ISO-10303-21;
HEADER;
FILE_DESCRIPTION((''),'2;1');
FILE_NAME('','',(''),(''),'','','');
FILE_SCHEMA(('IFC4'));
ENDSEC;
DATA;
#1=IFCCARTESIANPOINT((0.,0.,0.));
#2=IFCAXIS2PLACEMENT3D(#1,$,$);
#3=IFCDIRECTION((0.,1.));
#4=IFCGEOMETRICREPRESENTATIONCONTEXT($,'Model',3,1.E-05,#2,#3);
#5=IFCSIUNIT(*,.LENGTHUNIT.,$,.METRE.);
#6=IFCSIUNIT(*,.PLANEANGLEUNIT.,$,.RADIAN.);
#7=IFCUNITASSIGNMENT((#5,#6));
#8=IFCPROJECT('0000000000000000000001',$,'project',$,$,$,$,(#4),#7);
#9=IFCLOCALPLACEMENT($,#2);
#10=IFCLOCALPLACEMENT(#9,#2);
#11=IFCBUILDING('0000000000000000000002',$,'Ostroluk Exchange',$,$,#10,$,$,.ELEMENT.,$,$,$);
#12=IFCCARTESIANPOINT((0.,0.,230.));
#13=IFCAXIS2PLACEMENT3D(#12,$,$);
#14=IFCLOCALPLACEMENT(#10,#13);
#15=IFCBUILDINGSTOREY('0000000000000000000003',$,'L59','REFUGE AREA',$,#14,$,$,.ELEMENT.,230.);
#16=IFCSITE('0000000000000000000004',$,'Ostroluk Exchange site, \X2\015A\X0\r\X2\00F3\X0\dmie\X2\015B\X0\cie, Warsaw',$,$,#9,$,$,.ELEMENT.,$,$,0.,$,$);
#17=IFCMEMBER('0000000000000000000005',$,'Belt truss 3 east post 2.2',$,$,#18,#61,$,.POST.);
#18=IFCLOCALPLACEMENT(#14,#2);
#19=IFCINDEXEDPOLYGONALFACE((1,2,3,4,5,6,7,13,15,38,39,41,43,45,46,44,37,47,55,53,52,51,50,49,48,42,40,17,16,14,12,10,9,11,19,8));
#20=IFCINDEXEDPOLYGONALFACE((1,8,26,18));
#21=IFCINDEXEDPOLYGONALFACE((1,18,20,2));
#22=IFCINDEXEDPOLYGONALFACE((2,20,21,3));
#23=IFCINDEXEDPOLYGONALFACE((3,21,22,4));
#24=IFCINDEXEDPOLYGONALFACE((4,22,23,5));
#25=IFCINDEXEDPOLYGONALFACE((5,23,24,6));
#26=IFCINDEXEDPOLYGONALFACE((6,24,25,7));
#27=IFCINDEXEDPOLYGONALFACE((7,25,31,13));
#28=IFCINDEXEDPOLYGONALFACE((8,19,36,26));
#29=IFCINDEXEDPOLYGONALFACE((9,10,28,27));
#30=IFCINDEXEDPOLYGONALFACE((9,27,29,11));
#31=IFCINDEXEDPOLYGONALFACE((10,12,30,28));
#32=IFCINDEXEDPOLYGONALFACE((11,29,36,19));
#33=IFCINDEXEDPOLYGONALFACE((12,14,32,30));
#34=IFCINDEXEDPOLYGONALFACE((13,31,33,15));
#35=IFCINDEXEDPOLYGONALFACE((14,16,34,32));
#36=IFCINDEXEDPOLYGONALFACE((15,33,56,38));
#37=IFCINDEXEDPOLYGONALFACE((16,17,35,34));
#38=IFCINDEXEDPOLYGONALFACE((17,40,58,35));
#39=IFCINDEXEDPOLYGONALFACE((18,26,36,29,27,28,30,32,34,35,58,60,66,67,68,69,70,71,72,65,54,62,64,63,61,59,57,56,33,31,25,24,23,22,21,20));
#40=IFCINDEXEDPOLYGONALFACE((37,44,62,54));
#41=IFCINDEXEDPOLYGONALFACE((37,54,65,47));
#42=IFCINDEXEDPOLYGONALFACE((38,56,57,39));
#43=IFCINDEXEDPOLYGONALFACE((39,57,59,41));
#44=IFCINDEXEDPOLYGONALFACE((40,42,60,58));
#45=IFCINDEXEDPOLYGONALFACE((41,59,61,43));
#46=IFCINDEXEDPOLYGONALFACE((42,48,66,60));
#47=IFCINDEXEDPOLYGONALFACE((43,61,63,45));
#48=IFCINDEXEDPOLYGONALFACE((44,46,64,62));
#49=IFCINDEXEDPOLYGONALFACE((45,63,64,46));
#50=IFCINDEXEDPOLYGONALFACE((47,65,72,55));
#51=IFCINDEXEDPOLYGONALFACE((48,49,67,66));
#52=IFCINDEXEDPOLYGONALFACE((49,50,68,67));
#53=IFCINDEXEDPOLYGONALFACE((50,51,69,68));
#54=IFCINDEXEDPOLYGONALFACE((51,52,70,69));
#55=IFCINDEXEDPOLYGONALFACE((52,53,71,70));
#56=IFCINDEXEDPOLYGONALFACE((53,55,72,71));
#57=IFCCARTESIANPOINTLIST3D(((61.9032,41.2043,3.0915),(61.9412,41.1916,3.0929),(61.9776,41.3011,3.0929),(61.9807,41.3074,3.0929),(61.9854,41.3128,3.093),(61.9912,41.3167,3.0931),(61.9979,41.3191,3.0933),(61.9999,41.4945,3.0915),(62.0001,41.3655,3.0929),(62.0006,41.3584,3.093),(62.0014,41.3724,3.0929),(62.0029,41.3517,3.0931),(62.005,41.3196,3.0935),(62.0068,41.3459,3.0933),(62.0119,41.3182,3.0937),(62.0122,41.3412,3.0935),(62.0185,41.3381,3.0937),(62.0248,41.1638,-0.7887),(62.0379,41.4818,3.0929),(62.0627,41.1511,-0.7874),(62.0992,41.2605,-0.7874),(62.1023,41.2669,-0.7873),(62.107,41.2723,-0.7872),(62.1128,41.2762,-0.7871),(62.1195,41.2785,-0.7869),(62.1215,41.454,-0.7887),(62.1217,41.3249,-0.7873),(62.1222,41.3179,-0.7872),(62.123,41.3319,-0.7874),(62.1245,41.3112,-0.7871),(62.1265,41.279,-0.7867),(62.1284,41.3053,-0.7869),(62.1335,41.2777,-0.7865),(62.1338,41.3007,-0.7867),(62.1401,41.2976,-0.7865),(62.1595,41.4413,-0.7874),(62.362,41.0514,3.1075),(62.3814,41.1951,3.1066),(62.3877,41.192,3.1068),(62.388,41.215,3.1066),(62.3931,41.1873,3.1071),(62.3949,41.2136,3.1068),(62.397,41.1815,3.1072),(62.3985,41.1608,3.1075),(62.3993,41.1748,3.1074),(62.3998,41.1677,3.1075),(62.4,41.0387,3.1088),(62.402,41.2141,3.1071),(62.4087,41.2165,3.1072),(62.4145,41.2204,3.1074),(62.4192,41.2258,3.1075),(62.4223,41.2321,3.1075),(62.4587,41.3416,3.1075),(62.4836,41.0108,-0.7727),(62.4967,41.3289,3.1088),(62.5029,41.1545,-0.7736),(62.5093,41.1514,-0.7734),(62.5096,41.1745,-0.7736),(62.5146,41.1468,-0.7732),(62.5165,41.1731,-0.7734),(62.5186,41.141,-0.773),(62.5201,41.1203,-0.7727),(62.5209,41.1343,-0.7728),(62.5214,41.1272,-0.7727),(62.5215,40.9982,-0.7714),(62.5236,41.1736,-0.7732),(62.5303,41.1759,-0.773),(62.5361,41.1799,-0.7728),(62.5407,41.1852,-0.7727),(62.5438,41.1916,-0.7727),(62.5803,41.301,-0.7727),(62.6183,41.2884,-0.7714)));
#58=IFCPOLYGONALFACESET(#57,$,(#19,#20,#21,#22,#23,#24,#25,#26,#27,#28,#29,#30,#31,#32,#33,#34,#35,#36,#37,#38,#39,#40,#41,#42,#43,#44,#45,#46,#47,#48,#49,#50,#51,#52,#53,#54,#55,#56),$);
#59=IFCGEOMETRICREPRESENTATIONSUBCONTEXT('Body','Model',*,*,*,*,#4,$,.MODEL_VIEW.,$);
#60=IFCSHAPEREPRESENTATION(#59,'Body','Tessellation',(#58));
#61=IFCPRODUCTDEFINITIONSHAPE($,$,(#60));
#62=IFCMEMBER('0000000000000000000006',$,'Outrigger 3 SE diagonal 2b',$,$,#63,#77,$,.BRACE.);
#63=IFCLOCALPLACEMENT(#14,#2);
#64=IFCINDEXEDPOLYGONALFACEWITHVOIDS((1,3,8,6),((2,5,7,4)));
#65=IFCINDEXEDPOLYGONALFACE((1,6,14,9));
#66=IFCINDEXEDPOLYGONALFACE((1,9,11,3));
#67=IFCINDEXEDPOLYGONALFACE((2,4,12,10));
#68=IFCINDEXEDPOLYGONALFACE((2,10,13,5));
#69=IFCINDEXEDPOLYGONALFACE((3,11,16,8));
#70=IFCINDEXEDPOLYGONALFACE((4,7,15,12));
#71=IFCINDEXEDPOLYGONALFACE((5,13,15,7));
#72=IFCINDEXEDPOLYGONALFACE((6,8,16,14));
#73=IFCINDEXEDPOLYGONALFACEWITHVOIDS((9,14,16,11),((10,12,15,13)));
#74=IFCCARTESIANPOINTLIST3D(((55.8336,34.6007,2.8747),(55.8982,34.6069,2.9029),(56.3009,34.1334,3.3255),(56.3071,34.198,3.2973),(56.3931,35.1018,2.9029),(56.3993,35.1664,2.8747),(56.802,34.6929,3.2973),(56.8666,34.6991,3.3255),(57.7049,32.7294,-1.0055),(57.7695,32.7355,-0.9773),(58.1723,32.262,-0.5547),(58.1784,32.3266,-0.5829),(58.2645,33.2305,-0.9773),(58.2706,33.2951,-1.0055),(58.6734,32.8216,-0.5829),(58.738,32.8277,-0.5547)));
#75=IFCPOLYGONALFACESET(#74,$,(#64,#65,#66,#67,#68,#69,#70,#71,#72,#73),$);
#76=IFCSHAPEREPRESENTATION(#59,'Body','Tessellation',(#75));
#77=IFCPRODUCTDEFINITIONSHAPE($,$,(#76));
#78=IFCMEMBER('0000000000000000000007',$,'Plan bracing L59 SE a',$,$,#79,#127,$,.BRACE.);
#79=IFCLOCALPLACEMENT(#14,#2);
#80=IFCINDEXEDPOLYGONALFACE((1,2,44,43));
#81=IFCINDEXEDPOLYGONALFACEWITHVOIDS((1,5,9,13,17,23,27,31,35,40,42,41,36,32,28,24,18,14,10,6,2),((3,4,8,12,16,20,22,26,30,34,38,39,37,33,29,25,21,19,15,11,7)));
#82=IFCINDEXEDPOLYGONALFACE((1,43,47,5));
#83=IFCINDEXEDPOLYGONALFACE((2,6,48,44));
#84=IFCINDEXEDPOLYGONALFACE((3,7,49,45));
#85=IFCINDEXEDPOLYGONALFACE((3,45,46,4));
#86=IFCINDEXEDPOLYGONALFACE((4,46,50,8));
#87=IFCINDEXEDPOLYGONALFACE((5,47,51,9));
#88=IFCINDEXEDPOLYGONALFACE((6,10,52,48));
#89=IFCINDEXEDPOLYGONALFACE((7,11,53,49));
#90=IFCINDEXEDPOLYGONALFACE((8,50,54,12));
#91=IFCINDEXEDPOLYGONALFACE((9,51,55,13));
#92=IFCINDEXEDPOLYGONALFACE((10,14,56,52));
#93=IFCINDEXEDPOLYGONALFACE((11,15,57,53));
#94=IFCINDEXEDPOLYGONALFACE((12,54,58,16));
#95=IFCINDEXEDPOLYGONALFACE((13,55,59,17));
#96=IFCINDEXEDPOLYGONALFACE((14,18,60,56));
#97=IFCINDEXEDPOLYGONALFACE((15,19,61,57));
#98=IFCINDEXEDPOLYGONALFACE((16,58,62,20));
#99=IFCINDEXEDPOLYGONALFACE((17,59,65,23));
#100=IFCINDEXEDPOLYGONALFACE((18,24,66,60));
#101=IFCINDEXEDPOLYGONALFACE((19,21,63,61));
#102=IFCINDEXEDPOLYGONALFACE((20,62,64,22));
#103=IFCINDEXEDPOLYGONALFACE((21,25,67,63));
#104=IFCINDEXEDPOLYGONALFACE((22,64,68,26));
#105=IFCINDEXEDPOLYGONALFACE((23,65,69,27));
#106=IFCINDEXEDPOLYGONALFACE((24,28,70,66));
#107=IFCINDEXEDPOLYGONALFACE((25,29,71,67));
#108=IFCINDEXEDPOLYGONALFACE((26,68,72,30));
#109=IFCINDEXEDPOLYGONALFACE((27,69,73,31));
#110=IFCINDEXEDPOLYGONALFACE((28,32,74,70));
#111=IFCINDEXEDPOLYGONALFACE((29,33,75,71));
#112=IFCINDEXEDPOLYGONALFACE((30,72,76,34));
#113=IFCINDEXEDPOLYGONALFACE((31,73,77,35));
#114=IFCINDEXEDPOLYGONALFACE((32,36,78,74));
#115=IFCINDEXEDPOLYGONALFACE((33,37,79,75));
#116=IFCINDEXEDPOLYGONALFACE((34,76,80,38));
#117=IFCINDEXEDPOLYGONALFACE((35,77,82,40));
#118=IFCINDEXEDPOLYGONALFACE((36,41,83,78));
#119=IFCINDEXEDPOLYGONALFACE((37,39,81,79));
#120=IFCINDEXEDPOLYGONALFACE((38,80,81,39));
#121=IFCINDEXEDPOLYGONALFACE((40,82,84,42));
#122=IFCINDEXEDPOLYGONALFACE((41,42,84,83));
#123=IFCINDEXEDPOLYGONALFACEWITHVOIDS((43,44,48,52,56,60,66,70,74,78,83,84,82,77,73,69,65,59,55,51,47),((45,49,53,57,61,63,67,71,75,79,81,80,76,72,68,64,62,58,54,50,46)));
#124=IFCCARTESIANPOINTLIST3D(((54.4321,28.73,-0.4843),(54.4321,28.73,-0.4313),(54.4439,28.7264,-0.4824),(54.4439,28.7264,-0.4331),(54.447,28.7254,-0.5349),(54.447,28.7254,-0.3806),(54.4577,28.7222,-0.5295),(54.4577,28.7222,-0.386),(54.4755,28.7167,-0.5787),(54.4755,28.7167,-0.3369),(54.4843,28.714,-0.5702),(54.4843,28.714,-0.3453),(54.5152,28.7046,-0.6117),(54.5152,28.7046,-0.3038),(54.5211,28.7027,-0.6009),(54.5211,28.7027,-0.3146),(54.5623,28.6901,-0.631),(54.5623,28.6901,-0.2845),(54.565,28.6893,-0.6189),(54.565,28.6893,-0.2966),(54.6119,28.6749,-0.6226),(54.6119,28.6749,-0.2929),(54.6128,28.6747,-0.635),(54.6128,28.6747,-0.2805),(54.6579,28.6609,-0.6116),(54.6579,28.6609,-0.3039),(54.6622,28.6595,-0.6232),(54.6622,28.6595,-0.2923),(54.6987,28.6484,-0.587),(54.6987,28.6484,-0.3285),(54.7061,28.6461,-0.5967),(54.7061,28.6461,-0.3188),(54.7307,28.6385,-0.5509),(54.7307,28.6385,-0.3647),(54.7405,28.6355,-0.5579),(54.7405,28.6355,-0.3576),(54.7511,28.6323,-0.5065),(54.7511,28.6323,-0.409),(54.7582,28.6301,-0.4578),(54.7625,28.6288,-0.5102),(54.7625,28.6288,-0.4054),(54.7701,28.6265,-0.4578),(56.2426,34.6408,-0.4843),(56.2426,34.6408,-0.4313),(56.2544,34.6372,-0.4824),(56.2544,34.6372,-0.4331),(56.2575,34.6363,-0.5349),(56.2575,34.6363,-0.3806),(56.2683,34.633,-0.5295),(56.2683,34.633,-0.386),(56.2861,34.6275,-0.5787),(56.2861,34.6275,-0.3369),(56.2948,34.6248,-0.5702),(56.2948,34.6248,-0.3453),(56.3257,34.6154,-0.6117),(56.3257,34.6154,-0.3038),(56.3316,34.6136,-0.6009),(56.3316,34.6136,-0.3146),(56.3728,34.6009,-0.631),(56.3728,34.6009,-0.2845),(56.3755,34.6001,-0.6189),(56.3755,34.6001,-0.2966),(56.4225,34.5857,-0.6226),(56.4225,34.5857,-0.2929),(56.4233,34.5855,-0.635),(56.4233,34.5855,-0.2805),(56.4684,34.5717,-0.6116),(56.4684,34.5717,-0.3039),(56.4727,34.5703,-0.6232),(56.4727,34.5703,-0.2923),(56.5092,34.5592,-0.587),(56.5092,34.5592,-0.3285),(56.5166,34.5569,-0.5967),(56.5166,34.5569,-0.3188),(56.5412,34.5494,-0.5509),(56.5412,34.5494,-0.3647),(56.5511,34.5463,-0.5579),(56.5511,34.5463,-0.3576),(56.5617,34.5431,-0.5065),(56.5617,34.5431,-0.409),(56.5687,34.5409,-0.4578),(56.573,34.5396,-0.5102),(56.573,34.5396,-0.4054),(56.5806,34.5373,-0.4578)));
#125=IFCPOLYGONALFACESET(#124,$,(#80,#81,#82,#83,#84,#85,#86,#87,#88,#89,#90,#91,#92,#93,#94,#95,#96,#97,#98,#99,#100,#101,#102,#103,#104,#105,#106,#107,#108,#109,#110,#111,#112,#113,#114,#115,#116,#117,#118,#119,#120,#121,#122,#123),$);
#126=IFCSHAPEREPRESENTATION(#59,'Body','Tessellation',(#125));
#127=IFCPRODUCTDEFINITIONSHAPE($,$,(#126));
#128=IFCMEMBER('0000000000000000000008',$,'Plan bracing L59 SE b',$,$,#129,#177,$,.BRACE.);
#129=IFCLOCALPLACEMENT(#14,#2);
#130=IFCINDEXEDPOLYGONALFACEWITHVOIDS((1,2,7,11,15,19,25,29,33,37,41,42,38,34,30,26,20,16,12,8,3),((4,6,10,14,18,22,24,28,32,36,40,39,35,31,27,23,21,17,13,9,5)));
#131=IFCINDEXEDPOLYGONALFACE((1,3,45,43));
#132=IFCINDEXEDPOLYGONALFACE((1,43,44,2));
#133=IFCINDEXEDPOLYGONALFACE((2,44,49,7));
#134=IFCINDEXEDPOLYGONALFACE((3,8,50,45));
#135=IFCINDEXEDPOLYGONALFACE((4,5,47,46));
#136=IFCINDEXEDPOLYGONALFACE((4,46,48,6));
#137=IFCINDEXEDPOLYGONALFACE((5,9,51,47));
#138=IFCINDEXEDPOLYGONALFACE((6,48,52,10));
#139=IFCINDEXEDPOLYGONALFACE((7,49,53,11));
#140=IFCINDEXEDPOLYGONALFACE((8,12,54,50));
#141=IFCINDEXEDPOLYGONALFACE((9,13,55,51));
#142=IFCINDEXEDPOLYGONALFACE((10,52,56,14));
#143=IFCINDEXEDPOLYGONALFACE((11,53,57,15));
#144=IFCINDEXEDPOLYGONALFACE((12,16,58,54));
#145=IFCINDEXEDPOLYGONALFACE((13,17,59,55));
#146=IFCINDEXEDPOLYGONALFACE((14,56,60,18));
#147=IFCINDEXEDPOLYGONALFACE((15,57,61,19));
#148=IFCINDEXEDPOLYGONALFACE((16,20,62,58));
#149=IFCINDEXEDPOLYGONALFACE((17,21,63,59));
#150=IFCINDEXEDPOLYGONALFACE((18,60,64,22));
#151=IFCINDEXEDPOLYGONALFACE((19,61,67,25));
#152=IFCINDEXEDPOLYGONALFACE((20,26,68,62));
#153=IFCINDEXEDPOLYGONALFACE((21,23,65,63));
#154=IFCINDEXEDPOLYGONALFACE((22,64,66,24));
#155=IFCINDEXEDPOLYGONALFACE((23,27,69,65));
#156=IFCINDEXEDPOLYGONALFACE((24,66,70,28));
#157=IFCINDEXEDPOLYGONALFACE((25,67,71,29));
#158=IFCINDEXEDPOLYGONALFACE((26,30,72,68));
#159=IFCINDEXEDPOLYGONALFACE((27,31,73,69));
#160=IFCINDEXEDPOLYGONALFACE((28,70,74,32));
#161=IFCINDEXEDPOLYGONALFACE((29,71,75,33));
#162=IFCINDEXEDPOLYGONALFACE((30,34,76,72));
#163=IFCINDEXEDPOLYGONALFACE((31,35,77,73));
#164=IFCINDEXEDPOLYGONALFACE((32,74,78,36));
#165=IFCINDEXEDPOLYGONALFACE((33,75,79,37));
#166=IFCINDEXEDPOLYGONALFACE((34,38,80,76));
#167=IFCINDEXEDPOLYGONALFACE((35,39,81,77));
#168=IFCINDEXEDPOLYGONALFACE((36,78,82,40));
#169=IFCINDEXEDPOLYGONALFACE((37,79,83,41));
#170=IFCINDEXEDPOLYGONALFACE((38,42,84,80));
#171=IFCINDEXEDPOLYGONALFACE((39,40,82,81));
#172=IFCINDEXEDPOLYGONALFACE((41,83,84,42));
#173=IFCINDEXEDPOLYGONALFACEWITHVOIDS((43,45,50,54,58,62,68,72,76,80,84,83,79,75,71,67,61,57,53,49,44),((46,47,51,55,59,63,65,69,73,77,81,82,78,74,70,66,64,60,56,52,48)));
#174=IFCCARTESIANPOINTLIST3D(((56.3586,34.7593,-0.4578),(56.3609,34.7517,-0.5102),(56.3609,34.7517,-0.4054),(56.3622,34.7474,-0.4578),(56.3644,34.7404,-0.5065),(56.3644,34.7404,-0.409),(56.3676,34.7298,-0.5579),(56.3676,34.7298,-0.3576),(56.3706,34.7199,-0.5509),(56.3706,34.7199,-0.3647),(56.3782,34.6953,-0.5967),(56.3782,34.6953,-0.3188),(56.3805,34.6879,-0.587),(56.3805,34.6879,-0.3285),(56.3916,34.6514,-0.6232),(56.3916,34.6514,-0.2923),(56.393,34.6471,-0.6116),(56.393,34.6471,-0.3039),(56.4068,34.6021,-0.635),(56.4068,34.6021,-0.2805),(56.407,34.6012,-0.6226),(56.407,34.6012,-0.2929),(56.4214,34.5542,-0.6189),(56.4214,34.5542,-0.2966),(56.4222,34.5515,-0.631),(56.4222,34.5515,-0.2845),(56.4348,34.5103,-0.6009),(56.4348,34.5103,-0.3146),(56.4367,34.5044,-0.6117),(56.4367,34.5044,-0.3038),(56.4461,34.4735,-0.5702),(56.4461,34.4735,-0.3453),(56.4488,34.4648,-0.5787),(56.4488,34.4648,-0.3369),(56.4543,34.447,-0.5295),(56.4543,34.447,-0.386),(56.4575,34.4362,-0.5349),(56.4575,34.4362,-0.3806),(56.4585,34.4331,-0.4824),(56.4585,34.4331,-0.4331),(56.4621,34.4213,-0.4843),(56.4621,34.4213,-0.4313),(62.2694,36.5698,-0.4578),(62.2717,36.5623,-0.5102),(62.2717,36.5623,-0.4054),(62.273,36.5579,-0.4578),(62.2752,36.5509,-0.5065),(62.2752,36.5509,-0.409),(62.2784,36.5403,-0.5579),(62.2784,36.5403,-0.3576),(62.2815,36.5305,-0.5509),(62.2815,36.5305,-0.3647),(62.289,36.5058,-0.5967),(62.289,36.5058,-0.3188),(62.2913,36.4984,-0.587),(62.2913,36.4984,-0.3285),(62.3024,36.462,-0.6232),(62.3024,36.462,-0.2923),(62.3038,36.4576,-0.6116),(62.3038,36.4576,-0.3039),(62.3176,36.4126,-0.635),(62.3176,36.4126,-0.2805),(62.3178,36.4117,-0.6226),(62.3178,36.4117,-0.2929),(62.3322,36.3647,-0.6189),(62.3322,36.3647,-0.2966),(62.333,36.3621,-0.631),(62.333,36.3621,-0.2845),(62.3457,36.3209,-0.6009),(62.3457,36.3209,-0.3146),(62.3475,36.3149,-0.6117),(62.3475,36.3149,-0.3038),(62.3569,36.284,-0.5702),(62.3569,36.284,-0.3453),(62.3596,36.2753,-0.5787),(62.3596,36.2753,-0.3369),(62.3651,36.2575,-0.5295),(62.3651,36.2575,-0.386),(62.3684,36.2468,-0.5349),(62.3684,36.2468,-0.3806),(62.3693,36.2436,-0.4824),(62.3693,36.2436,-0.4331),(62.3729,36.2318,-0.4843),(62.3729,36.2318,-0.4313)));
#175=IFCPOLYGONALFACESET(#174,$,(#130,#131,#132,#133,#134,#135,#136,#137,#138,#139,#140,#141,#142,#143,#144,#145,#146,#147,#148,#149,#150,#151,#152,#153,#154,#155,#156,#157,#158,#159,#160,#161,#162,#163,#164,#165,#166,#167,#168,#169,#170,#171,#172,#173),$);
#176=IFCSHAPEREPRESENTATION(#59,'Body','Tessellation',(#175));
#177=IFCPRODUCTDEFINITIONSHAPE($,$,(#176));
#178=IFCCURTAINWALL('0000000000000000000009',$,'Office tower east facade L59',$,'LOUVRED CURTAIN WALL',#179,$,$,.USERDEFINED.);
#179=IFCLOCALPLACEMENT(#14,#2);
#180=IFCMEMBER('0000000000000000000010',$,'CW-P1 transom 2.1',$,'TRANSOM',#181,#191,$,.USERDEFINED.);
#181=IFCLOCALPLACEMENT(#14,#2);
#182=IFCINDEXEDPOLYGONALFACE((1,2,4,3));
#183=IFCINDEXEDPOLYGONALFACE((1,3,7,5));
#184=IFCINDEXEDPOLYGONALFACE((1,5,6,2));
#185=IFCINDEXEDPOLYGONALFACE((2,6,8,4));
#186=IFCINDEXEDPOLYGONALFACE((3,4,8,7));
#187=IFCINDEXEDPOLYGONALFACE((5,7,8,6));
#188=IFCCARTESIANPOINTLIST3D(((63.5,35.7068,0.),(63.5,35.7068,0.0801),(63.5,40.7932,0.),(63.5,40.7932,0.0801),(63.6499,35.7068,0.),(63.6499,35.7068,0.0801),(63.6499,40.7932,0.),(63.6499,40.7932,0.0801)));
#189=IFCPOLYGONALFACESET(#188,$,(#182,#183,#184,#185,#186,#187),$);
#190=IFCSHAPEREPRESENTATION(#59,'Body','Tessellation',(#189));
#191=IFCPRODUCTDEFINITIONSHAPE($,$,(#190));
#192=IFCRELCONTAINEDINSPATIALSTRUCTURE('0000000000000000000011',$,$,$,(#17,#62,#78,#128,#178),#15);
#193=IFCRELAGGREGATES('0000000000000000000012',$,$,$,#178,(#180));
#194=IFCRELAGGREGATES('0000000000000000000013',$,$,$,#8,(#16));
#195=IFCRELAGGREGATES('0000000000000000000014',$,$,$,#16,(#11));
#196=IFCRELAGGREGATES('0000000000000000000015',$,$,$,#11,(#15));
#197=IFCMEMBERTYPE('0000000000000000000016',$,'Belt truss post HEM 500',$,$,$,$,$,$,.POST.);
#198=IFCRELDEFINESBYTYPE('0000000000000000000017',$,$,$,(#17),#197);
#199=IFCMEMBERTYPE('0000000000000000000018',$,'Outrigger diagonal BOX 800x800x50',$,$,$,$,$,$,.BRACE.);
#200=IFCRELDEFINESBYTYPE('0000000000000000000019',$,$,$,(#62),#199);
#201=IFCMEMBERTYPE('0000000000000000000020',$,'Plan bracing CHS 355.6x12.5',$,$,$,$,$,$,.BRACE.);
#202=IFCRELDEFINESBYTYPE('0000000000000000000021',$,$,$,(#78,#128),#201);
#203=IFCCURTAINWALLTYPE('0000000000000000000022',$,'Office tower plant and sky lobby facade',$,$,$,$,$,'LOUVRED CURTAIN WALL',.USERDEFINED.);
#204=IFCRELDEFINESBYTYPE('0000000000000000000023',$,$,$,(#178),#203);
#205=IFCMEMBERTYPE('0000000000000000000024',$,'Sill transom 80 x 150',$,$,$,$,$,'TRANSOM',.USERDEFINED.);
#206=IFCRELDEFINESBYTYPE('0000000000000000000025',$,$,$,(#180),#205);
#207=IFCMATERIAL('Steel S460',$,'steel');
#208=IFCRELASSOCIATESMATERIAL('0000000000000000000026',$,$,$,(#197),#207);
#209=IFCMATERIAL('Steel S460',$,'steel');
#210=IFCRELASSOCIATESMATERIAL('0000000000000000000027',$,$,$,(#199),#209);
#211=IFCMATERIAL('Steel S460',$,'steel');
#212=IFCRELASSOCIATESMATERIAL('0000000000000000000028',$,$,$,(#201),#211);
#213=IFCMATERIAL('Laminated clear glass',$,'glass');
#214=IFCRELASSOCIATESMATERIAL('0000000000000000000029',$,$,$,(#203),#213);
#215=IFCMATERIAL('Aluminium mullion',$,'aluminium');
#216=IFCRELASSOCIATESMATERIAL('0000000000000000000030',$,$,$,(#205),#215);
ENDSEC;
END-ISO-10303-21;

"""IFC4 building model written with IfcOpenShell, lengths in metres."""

from ifc_helpers import new_model, si_unit, direction, frame, origin, origin_2d, place, context, subcontext, project, spatial, rectangle, hollow_rectangle, hollow_circle, i_section, extrude, material, material_profile, profile_set, type_object, element, aggregate, save


model = new_model("IFC4")

# Units and contexts
model_context = context("Model", 3, precision=1e-05, world=origin(), true_north=direction((0.0, 1.0)))
body_context = subcontext(model_context, "Body", "Model", "MODEL_VIEW")
ifc_project = project(units=[si_unit("LENGTHUNIT", "METRE"), si_unit("PLANEANGLEUNIT", "RADIAN")], contexts=[model_context])

# Site, building, storey
site_placement = place(None, origin())
site = spatial("IfcSite", under=ifc_project, at=site_placement, Name="Ostroluk Exchange site, Śródmieście, Warsaw", CompositionType="ELEMENT", RefElevation=0.0)
building_placement = place(site_placement, origin())
building = spatial("IfcBuilding", under=site, at=building_placement, Name="Ostroluk Exchange", CompositionType="ELEMENT")
storey_placement = place(building_placement, frame((0.0, 0.0, 230.0)))
storey = spatial("IfcBuildingStorey", under=building, at=storey_placement, Name="L59", Description="REFUGE AREA", CompositionType="ELEMENT", Elevation=230.0)

# Members
ifc_material_1 = material(Name="Steel S460", Category="steel")
ifc_material_profile_1 = material_profile(ifc_material_1, i_section(OverallWidth=0.3059, OverallDepth=0.5239, WebThickness=0.021, FlangeThickness=0.04, FilletRadius=0.0271, at=origin_2d()), Name="HEM 500")
ifc_profile_set_1 = profile_set([ifc_material_profile_1], Name="Steel S460")
member_type_1 = type_object("IfcMemberType", Name="Belt truss post HEM 500", PredefinedType="POST", material=ifc_profile_set_1)
member_1_placement = place(storey_placement, frame((62.3215, 41.2261, -0.78), z_axis=(-0.031317, 0.010439, 0.999455), x_axis=(-0.316228, -0.948683, 0.0)))
element("IfcMember", 1, at=member_1_placement, inside=storey, type_object=member_type_1, Name="Belt truss 3 east post 2.2", PredefinedType="POST", context=body_context, shape_type="SweptSolid", body=[
    extrude(i_section(OverallWidth=0.3059, OverallDepth=0.5239, WebThickness=0.021, FlangeThickness=0.04, FilletRadius=0.0271, at=origin_2d()), origin(), (0.0, 0.0, 1.0), 3.8823),
])
ifc_material_2 = material(Name="Steel S460", Category="steel")
ifc_material_profile_2 = material_profile(ifc_material_2, hollow_rectangle(XDim=0.8, YDim=0.8, WallThickness=0.05, at=origin_2d()), Name="BOX 800x800x50")
ifc_profile_set_2 = profile_set([ifc_material_profile_2], Name="Steel S460")
member_type_2 = type_object("IfcMemberType", Name="Outrigger diagonal BOX 800x800x50", PredefinedType="BRACE", material=ifc_profile_set_2)
member_2_placement = place(storey_placement, frame((56.3501, 34.6499, 3.1001), z_axis=(0.398435, -0.398435, -0.826135), x_axis=(0.707107, 0.707107, 0.0)))
element("IfcMember", 2, at=member_2_placement, inside=storey, type_object=member_type_2, Name="Outrigger 3 SE diagonal 2b", PredefinedType="BRACE", context=body_context, shape_type="SweptSolid", body=[
    extrude(hollow_rectangle(XDim=0.8, YDim=0.8, WallThickness=0.05, at=origin_2d()), origin(), (0.0, 0.0, 1.0), 4.6968),
])
ifc_material_3 = material(Name="Steel S460", Category="steel")
ifc_material_profile_3 = material_profile(ifc_material_3, hollow_circle(Radius=0.1777, WallThickness=0.0125, at=origin_2d()), Name="CHS 355.6x12.5")
ifc_profile_set_3 = profile_set([ifc_material_profile_3], Name="Steel S460")
member_type_3 = type_object("IfcMemberType", Name="Plan bracing CHS 355.6x12.5", PredefinedType="BRACE", material=ifc_profile_set_3)
for number, where, z_axis, x_axis, name in (
    (3, (56.4106, 34.5894, -0.4578), (-0.292876, -0.956151, 0.0), (0.956151, -0.292876, 0.0), "Plan bracing L59 SE a"),
    (4, (56.4106, 34.5894, -0.4578), (0.956151, 0.292876, 0.0), (-0.292876, 0.956151, 0.0), "Plan bracing L59 SE b"),
):
    element("IfcMember", number, at=place(storey_placement, frame(where, z_axis=z_axis, x_axis=x_axis)), inside=storey, type_object=member_type_3, Name=name, PredefinedType="BRACE", context=body_context, shape_type="SweptSolid", body=[
        extrude(hollow_circle(Radius=0.1777, WallThickness=0.0125, at=origin_2d()), origin(), (0.0, 0.0, 1.0), 6.1819),
    ])

# Curtain wall, member
ifc_material_4 = material(Name="Laminated clear glass", Category="glass")
curtain_wall_type = type_object("IfcCurtainWallType", Name="Office tower plant and sky lobby facade", ElementType="LOUVRED CURTAIN WALL", PredefinedType="USERDEFINED", material=ifc_material_4)
curtain_wall_placement = place(storey_placement, origin())
curtain_wall = element("IfcCurtainWall", 5, at=curtain_wall_placement, inside=storey, type_object=curtain_wall_type, Name="Office tower east facade L59", ObjectType="LOUVRED CURTAIN WALL", PredefinedType="USERDEFINED")
ifc_material_5 = material(Name="Aluminium mullion", Category="aluminium")
ifc_material_profile_4 = material_profile(ifc_material_5, rectangle(XDim=0.1499, YDim=0.0801, at=origin_2d()), Name="Sill transom 80 x 150")
ifc_profile_set_4 = profile_set([ifc_material_profile_4], Name="Aluminium mullion")
member_type_4 = type_object("IfcMemberType", Name="Sill transom 80 x 150", ElementType="TRANSOM", PredefinedType="USERDEFINED", material=ifc_profile_set_4)
member_3_placement = place(storey_placement, frame((63.575, 35.7068, 0.04), z_axis=(0.0, 1.0, 0.0), x_axis=(-1.0, 0.0, 0.0)))
member_3 = element("IfcMember", 6, at=member_3_placement, type_object=member_type_4, Name="CW-P1 transom 2.1", ObjectType="TRANSOM", PredefinedType="USERDEFINED", context=body_context, shape_type="SweptSolid", body=[
    extrude(rectangle(XDim=0.1499, YDim=0.0801, at=origin_2d()), origin(), (0.0, 0.0, 1.0), 5.0864),
])
aggregate(curtain_wall, [member_3])

save(model, "model.ifc")
